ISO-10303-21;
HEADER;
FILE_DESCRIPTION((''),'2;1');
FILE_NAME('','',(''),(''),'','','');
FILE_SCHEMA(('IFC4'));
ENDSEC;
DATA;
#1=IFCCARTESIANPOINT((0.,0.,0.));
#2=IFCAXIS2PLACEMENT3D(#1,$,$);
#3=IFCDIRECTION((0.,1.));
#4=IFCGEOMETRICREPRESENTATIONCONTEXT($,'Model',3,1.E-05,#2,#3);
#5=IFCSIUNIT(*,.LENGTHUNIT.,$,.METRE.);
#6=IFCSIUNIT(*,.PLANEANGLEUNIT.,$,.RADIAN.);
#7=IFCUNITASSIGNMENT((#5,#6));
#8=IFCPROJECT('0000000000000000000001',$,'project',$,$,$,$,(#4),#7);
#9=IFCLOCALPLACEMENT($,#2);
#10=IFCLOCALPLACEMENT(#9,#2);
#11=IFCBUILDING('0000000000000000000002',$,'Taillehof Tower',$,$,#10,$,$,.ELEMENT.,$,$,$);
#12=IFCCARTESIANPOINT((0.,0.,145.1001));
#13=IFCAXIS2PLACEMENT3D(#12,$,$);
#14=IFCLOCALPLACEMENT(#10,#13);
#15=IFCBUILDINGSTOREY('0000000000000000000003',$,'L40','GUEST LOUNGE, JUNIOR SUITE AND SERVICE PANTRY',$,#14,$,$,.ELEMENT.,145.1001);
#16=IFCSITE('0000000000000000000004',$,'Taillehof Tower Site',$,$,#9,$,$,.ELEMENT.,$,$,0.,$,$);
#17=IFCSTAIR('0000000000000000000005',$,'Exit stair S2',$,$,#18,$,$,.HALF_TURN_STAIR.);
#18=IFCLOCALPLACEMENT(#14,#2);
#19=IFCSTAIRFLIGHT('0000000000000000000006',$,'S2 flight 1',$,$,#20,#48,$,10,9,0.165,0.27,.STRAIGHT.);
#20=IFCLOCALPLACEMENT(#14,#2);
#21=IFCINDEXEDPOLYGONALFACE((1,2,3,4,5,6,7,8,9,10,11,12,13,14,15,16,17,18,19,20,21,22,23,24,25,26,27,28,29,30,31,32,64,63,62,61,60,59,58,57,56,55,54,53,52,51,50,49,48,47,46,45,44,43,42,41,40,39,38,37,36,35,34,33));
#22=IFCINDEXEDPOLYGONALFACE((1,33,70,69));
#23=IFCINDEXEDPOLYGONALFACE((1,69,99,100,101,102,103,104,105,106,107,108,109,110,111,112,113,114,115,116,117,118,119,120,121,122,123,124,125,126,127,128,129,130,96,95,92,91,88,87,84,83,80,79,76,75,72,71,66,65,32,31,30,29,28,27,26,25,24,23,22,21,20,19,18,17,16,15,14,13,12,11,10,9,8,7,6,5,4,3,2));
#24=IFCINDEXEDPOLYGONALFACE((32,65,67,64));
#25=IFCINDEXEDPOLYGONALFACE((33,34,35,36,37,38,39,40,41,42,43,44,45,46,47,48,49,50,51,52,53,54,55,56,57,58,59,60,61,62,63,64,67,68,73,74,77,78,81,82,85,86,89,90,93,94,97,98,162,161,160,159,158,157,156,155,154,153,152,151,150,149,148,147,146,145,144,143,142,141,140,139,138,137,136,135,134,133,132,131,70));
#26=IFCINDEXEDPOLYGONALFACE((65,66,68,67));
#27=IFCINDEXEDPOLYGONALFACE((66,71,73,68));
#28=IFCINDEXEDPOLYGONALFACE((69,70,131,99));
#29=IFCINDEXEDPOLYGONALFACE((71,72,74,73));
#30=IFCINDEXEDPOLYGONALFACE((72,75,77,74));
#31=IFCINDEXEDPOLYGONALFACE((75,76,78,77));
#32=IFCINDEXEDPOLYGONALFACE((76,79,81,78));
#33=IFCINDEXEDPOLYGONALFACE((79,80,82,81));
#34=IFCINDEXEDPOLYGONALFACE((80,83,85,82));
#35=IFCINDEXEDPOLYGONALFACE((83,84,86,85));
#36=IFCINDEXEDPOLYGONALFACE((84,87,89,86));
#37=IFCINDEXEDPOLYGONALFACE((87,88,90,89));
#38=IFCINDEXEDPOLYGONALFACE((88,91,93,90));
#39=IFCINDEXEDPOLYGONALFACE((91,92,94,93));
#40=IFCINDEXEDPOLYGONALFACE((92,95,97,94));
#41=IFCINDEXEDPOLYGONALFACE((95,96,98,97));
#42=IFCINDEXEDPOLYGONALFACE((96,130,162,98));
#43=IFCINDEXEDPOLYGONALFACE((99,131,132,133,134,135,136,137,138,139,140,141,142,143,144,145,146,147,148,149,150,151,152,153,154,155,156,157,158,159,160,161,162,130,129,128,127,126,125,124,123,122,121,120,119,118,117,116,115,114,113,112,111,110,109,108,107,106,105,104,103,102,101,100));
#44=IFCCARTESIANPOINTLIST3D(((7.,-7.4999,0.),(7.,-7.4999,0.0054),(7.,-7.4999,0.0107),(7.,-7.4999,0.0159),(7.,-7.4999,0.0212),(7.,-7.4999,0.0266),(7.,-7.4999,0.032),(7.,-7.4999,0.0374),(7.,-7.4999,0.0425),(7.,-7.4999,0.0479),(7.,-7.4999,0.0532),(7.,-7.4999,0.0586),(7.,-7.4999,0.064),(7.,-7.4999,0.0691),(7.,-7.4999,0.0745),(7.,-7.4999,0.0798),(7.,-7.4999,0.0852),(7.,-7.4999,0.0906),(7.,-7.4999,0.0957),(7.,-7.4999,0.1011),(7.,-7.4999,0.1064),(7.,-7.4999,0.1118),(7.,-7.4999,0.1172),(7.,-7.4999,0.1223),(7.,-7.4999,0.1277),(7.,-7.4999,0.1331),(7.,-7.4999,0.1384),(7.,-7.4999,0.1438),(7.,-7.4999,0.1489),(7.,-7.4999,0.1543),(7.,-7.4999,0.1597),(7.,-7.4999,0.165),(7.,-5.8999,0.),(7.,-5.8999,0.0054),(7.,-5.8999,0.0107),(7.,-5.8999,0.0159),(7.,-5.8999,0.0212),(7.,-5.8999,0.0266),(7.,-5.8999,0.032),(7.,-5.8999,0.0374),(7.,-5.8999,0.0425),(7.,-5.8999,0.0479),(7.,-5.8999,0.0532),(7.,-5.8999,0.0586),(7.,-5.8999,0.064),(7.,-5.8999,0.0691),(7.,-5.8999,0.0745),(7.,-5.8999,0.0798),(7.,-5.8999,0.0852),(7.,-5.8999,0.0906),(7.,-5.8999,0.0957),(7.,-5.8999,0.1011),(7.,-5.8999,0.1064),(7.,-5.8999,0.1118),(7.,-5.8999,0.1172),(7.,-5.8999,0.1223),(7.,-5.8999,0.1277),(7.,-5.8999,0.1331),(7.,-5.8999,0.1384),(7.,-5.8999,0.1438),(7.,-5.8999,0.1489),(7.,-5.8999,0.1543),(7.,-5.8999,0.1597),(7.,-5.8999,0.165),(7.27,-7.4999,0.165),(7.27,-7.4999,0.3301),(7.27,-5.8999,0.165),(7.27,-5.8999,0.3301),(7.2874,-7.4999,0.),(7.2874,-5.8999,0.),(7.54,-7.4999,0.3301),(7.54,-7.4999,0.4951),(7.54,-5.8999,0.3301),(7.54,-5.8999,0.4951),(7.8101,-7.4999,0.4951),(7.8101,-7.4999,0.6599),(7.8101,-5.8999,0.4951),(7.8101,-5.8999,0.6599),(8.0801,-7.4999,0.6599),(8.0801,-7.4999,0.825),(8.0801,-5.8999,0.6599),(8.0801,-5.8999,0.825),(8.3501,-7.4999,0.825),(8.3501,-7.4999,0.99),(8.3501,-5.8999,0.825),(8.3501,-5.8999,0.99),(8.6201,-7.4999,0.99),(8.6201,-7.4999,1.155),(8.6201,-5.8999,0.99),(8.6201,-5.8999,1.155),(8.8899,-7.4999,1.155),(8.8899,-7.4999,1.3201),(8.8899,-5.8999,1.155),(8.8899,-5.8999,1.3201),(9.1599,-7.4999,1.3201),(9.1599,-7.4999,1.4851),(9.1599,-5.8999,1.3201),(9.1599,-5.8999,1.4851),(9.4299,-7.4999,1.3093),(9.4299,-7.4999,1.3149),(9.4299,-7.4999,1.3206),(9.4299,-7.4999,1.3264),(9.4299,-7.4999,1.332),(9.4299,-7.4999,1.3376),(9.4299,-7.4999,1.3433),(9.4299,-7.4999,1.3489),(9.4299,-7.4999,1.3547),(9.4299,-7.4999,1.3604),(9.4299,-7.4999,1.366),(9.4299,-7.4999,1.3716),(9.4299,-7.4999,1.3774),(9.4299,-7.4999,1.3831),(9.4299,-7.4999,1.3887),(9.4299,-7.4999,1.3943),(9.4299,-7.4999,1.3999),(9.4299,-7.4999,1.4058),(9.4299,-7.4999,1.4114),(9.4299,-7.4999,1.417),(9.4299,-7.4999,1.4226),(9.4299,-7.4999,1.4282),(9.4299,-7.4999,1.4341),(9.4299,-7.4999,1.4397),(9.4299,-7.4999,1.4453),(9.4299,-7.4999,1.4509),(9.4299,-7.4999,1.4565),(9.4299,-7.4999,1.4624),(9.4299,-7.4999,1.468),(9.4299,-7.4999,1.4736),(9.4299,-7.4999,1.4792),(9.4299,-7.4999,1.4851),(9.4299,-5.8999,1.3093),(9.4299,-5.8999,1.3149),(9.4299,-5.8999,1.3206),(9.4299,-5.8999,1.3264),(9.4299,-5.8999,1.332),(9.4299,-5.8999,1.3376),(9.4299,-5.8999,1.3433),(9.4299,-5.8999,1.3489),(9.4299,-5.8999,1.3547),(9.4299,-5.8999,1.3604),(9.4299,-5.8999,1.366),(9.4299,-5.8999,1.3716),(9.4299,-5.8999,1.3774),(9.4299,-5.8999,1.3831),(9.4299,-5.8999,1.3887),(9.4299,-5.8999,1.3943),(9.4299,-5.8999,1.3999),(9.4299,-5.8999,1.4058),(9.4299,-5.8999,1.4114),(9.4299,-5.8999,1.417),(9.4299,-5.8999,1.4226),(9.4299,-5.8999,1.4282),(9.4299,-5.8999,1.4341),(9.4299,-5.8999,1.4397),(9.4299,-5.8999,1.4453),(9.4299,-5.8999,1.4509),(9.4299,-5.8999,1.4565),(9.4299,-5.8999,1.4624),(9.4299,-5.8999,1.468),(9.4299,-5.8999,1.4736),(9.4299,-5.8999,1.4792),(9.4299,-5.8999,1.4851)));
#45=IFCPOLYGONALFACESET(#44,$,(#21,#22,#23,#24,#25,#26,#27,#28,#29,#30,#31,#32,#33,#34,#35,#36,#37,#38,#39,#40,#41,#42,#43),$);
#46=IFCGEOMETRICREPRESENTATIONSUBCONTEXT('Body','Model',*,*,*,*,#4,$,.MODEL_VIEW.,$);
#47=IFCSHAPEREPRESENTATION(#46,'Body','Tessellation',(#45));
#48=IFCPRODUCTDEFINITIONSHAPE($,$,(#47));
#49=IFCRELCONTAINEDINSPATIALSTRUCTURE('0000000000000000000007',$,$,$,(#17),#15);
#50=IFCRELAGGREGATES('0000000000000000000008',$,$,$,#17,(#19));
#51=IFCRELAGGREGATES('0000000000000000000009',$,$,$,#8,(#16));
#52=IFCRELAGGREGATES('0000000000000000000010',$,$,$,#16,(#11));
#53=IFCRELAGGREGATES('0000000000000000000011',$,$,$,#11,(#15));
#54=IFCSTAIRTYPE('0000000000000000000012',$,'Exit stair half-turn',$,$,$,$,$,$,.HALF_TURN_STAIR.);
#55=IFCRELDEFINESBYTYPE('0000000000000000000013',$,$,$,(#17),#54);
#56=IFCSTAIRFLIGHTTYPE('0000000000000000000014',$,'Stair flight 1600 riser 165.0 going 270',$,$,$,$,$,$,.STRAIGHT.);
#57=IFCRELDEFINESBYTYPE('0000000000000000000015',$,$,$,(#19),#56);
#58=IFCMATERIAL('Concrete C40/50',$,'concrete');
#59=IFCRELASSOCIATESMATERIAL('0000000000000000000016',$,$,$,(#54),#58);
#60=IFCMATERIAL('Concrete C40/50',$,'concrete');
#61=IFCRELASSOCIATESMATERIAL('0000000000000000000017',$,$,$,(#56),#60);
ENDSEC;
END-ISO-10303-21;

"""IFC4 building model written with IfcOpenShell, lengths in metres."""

from ifc_helpers import new_model, si_unit, direction, frame, origin, place, context, subcontext, project, spatial, polyline, outline, extrude, material, type_object, element, aggregate, save


model = new_model("IFC4")

# Units and contexts
model_context = context("Model", 3, precision=1e-05, world=origin(), true_north=direction((0.0, 1.0)))
body_context = subcontext(model_context, "Body", "Model", "MODEL_VIEW")
ifc_project = project(units=[si_unit("LENGTHUNIT", "METRE"), si_unit("PLANEANGLEUNIT", "RADIAN")], contexts=[model_context])

# Site, building, storey
site_placement = place(None, origin())
site = spatial("IfcSite", under=ifc_project, at=site_placement, Name="Taillehof Tower Site", CompositionType="ELEMENT", RefElevation=0.0)
building_placement = place(site_placement, origin())
building = spatial("IfcBuilding", under=site, at=building_placement, Name="Taillehof Tower", CompositionType="ELEMENT")
storey_placement = place(building_placement, frame((0.0, 0.0, 145.1001)))
storey = spatial("IfcBuildingStorey", under=building, at=storey_placement, Name="L40", Description="GUEST LOUNGE, JUNIOR SUITE AND SERVICE PANTRY", CompositionType="ELEMENT", Elevation=145.1001)

# Stair, stair flight
ifc_material_1 = material(Name="Concrete C40/50", Category="concrete")
stair_type = type_object("IfcStairType", Name="Exit stair half-turn", PredefinedType="HALF_TURN_STAIR", material=ifc_material_1)
stair_placement = place(storey_placement, origin())
stair = element("IfcStair", 1, at=stair_placement, inside=storey, type_object=stair_type, Name="Exit stair S2", PredefinedType="HALF_TURN_STAIR")
ifc_material_2 = material(Name="Concrete C40/50", Category="concrete")
stair_flight_type = type_object("IfcStairFlightType", Name="Stair flight 1600 riser 165.0 going 270", PredefinedType="STRAIGHT", material=ifc_material_2)
stair_flight_placement = place(storey_placement, frame((7.0, -6.7, 0.0), z_axis=(0.0, 0.0, 1.0), x_axis=(1.0, 0.0, 0.0)))
stair_flight = element("IfcStairFlight", 2, at=stair_flight_placement, type_object=stair_flight_type, Name="S2 flight 1", NumberOfRisers=10, NumberOfTreads=9, PredefinedType="STRAIGHT", RiserHeight=0.165, TreadLength=0.27, context=body_context, shape_type="SweptSolid", body=[
    extrude(outline(polyline([(0.0, 0.0), (0.0, 0.0054), (0.0, 0.0107), (0.0, 0.0159), (0.0, 0.0212), (0.0, 0.0266), (0.0, 0.032), (0.0, 0.0374), (0.0, 0.0425), (0.0, 0.0479), (0.0, 0.0532), (0.0, 0.0586), (0.0, 0.064), (0.0, 0.0691), (0.0, 0.0745), (0.0, 0.0798), (0.0, 0.0852), (0.0, 0.0906), (0.0, 0.0957), (0.0, 0.1011), (0.0, 0.1064), (0.0, 0.1118), (0.0, 0.1172), (0.0, 0.1223), (0.0, 0.1277), (0.0, 0.1331), (0.0, 0.1384), (0.0, 0.1438), (0.0, 0.1489), (0.0, 0.1543), (0.0, 0.1597), (0.0, 0.165), (0.27, 0.165), (0.27, 0.3301), (0.54, 0.3301), (0.54, 0.4951), (0.8101, 0.4951), (0.8101, 0.6599), (1.0801, 0.6599), (1.0801, 0.825), (1.3501, 0.825), (1.3501, 0.99), (1.6201, 0.99), (1.6201, 1.155), (1.8899, 1.155), (1.8899, 1.3201), (2.1599, 1.3201), (2.1599, 1.4851), (2.4299, 1.4851), (2.4299, 1.4792), (2.4299, 1.4736), (2.4299, 1.468), (2.4299, 1.4624), (2.4299, 1.4565), (2.4299, 1.4509), (2.4299, 1.4453), (2.4299, 1.4397), (2.4299, 1.4341), (2.4299, 1.4282), (2.4299, 1.4226), (2.4299, 1.417), (2.4299, 1.4114), (2.4299, 1.4058), (2.4299, 1.3999), (2.4299, 1.3943), (2.4299, 1.3887), (2.4299, 1.3831), (2.4299, 1.3774), (2.4299, 1.3716), (2.4299, 1.366), (2.4299, 1.3604), (2.4299, 1.3547), (2.4299, 1.3489), (2.4299, 1.3433), (2.4299, 1.3376), (2.4299, 1.332), (2.4299, 1.3264), (2.4299, 1.3206), (2.4299, 1.3149), (2.4299, 1.3093), (0.2874, 0.0), (0.0, 0.0)])), frame((0.0, 0.8, 0.0), z_axis=(0.0, -1.0, 0.0), x_axis=(1.0, 0.0, 0.0)), (0.0, 0.0, 1.0), 1.6),
])
aggregate(stair, [stair_flight])

save(model, "model.ifc")
